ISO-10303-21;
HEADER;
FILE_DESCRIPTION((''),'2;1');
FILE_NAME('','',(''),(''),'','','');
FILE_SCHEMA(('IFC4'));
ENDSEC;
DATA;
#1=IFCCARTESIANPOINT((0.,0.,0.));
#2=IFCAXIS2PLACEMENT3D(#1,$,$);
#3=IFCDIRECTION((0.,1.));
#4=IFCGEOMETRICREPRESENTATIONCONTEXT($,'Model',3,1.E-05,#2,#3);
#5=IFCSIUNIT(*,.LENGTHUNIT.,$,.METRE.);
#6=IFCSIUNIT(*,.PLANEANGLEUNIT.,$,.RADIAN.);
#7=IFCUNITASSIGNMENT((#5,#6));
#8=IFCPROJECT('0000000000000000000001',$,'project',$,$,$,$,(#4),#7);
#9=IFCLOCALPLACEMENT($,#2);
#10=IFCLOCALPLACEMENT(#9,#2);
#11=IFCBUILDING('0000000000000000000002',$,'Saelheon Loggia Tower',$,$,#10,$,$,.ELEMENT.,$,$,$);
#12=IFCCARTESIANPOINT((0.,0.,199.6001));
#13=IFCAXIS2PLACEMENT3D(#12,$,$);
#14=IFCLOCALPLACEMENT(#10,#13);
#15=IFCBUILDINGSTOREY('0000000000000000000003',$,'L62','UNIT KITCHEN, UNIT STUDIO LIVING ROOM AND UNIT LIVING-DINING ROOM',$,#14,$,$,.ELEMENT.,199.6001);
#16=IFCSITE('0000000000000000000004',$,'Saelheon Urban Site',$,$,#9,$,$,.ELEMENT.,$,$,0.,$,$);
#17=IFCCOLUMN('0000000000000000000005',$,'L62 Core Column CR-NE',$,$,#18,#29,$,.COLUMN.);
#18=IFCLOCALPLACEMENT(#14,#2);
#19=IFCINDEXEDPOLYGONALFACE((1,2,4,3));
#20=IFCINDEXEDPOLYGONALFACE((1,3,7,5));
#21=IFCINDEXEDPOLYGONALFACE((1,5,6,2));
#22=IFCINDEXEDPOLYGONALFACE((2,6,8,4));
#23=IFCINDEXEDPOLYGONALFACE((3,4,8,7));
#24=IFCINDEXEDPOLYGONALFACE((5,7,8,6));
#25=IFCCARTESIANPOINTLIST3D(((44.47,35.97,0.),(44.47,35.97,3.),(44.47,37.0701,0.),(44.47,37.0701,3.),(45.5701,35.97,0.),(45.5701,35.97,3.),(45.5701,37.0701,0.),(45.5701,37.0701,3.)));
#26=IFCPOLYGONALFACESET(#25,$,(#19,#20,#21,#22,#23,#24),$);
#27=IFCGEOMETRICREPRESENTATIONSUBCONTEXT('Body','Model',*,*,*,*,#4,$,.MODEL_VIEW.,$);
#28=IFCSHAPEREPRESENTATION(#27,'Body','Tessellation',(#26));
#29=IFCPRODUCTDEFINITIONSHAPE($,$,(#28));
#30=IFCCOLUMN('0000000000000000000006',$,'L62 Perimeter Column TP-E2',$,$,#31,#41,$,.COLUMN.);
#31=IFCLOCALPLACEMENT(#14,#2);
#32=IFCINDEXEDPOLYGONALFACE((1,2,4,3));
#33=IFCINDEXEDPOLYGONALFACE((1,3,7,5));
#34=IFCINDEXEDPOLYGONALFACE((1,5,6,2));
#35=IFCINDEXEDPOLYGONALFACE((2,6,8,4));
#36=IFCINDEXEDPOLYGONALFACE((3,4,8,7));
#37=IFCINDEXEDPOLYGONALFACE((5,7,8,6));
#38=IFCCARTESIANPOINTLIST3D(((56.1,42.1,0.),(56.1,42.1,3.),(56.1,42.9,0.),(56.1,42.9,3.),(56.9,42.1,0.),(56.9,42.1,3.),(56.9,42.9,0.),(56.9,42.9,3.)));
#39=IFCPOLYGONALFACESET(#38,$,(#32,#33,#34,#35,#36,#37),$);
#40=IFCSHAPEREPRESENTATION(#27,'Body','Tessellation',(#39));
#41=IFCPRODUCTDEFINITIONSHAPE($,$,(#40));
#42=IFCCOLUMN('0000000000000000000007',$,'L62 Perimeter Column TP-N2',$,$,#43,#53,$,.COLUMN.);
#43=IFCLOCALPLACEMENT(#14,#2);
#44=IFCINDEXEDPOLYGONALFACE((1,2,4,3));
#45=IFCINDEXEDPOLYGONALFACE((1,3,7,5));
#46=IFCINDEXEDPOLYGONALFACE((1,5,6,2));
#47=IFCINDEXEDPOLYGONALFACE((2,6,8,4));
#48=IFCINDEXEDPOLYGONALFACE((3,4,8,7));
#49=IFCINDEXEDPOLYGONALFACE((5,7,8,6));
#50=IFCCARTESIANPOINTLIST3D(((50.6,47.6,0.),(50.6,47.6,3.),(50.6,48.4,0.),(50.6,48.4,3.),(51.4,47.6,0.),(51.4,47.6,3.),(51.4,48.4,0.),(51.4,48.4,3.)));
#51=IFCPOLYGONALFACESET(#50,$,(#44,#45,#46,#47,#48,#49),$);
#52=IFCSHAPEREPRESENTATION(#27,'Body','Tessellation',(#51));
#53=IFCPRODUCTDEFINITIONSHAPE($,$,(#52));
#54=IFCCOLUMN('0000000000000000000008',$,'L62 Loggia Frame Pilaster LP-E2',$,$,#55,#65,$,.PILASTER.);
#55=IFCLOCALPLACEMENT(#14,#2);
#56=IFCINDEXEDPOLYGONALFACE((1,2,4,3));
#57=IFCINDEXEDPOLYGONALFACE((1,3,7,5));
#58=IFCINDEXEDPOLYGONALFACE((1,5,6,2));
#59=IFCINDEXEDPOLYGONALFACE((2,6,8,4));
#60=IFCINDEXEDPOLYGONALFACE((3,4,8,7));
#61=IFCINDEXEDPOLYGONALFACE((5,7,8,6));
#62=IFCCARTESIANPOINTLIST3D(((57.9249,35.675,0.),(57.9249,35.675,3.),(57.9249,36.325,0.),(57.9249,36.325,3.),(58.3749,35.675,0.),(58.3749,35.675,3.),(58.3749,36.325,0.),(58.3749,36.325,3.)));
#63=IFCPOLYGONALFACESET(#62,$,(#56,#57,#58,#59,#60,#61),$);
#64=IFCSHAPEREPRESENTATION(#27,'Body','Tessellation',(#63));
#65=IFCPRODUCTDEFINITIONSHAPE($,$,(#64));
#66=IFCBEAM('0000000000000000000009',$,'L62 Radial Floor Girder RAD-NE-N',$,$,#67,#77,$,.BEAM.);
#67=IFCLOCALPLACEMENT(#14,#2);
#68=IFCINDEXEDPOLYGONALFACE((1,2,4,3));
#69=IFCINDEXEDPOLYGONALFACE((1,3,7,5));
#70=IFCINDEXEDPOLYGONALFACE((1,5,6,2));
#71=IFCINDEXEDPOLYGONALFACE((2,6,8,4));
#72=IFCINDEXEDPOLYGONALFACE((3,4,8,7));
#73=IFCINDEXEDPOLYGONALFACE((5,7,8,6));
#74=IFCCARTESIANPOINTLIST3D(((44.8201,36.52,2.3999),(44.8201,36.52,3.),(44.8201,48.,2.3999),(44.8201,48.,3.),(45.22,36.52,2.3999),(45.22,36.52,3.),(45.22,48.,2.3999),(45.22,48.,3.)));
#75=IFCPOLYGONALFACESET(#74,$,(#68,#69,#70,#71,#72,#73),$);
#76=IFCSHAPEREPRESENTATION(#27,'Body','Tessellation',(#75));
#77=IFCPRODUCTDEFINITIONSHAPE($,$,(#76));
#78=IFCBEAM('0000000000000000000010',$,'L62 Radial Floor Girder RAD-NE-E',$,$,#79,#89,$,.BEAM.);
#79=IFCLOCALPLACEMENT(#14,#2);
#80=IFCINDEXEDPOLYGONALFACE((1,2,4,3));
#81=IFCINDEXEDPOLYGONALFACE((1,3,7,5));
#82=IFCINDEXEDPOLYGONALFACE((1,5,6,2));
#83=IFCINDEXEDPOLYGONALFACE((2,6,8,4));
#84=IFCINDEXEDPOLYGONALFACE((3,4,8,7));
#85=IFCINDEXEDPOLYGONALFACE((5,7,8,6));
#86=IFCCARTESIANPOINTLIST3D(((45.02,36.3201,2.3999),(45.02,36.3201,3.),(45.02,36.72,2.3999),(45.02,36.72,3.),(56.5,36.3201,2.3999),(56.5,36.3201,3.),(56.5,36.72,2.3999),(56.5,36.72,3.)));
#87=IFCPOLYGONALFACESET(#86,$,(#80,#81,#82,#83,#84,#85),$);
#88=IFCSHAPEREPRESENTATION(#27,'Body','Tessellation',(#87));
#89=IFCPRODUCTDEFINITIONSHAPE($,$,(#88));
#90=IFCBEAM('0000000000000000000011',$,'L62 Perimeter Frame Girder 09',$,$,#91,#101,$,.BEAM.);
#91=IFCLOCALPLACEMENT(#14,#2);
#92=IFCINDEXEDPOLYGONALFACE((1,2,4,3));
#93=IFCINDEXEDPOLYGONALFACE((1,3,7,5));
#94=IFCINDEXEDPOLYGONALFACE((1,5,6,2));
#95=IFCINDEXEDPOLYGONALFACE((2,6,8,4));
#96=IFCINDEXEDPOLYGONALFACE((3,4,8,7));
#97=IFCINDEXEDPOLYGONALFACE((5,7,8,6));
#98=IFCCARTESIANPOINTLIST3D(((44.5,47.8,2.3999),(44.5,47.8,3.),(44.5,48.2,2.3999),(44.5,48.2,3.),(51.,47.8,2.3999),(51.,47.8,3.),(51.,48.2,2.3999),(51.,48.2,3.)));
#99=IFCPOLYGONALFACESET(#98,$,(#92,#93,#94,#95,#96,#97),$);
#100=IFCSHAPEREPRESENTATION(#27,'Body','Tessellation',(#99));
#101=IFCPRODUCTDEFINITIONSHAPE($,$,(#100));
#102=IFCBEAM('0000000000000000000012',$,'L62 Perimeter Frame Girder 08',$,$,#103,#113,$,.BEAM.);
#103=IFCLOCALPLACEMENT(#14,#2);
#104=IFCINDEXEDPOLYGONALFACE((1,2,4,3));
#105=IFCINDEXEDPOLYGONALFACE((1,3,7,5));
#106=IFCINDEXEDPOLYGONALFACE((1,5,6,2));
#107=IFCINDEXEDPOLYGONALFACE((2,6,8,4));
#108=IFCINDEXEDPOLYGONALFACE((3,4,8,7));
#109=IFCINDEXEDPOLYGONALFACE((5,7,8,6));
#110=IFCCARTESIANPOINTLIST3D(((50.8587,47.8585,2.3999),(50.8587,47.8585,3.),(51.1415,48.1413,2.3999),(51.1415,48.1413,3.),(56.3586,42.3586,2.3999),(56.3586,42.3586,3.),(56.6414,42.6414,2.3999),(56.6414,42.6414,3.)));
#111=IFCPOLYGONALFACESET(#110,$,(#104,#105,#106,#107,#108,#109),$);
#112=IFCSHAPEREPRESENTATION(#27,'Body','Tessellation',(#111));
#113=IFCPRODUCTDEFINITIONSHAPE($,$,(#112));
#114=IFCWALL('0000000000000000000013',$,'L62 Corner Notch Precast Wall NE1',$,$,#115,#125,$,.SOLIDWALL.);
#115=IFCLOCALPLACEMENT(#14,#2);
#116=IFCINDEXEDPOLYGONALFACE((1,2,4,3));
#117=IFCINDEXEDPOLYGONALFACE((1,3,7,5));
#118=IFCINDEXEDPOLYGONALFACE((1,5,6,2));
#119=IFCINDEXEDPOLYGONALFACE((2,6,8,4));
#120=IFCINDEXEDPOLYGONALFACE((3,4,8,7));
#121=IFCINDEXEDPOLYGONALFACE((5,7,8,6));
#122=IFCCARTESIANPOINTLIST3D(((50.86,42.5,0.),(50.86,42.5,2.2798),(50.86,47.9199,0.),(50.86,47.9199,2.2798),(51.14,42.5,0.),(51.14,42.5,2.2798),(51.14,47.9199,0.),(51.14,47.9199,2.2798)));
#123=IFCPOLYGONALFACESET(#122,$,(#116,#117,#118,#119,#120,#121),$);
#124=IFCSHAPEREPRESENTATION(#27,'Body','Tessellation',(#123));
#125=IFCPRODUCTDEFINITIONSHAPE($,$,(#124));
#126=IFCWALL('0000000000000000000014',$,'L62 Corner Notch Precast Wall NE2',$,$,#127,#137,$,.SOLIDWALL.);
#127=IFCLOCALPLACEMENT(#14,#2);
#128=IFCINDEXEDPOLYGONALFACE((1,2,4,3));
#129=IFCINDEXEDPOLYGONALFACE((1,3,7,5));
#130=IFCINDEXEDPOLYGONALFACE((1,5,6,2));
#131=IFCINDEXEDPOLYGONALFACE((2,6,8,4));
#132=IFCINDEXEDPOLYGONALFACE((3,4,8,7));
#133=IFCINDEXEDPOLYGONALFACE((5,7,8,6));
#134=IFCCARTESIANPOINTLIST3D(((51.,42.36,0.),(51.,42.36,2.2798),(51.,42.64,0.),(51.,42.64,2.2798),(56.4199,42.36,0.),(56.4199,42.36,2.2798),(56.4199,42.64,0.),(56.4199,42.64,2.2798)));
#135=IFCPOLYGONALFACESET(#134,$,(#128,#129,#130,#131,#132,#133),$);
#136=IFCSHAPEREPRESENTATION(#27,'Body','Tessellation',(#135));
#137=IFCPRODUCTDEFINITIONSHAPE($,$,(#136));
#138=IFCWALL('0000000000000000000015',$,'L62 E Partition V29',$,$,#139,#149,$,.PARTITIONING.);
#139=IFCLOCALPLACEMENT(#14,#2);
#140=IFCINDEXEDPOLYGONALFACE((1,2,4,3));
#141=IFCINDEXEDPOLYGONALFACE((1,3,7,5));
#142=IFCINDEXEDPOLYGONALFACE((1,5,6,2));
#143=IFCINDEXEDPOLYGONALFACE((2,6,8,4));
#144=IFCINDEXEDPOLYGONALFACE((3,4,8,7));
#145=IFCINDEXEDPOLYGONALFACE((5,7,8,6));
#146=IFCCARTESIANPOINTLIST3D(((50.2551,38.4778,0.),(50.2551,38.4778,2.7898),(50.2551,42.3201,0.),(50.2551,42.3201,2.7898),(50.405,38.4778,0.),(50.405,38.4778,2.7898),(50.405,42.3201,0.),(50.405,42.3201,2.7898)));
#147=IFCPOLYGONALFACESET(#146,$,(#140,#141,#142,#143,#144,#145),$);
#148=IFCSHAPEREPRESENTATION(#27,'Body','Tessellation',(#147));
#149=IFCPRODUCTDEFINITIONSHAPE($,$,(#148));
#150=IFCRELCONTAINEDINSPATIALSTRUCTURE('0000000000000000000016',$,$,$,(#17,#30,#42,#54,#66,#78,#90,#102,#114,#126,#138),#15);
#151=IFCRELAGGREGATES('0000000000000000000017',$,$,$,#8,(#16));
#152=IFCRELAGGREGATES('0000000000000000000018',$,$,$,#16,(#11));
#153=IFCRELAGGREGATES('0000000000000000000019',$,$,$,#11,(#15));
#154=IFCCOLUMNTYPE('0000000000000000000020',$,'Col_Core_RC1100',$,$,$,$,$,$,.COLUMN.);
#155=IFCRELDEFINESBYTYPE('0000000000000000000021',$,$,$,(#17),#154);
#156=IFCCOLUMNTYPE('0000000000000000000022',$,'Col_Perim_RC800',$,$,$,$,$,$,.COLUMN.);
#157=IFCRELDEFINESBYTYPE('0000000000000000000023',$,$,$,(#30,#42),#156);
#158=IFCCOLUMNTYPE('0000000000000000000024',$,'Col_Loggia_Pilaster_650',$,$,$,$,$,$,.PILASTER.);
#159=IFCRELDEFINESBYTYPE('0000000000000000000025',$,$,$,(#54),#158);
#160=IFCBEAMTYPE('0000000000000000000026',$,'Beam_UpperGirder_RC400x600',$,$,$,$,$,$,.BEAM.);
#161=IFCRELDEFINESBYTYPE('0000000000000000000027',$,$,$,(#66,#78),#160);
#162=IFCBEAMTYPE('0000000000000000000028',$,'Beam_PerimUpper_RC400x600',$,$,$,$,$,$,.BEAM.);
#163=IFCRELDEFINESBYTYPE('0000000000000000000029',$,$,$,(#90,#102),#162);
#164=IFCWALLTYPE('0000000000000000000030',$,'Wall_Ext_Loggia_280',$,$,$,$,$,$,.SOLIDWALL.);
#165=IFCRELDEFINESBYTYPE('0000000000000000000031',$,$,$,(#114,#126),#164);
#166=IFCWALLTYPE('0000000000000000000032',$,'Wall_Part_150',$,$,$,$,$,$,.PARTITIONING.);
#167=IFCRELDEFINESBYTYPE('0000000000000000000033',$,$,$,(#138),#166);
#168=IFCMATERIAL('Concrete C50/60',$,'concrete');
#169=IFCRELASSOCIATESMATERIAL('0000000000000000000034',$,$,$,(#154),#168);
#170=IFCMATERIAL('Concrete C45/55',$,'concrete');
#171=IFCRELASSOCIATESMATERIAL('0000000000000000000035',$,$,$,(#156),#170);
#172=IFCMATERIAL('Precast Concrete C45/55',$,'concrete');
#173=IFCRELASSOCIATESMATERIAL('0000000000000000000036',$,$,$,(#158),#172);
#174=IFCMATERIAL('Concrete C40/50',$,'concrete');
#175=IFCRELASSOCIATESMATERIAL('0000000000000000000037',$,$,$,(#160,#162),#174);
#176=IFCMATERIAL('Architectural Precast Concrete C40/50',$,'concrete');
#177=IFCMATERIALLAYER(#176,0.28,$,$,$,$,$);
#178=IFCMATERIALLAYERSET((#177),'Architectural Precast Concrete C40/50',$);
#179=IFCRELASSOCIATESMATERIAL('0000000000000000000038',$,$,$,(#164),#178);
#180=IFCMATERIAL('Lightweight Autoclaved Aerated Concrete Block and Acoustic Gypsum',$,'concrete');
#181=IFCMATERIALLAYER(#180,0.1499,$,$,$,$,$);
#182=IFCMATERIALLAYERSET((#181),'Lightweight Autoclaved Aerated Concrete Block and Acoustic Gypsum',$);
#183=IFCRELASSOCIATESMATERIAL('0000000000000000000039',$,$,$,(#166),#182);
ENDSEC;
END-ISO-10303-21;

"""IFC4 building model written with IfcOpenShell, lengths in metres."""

from ifc_helpers import new_model, si_unit, direction, frame, frame_2d, origin, origin_2d, place, context, subcontext, project, spatial, rectangle, extrude, source, transform, mapped, material, layer, layer_set, material_profile, profile_set, type_object, element, save


model = new_model("IFC4")

# Units and contexts
model_context = context("Model", 3, precision=1e-05, world=origin(), true_north=direction((0.0, 1.0)))
body_context = subcontext(model_context, "Body", "Model", "MODEL_VIEW")
ifc_project = project(units=[si_unit("LENGTHUNIT", "METRE"), si_unit("PLANEANGLEUNIT", "RADIAN")], contexts=[model_context])

# Site, building, storey
site_placement = place(None, origin())
site = spatial("IfcSite", under=ifc_project, at=site_placement, Name="Saelheon Urban Site", CompositionType="ELEMENT", RefElevation=0.0)
building_placement = place(site_placement, origin())
building = spatial("IfcBuilding", under=site, at=building_placement, Name="Saelheon Loggia Tower", CompositionType="ELEMENT")
storey_placement = place(building_placement, frame((0.0, 0.0, 199.6001)))
storey = spatial("IfcBuildingStorey", under=building, at=storey_placement, Name="L62", Description="UNIT KITCHEN, UNIT STUDIO LIVING ROOM AND UNIT LIVING-DINING ROOM", CompositionType="ELEMENT", Elevation=199.6001)

# Columns
ifc_material_1 = material(Name="Concrete C50/60", Category="concrete")
ifc_material_profile_1 = material_profile(ifc_material_1, rectangle(XDim=1.1001, YDim=1.1001, at=origin_2d()), Name="RC-1100x1100")
ifc_profile_set_1 = profile_set([ifc_material_profile_1], Name="Concrete C50/60")
column_type_1 = type_object("IfcColumnType", Name="Col_Core_RC1100", PredefinedType="COLUMN", material=ifc_profile_set_1)
shared_shape_1 = source(origin(), body_context, "Body", "SweptSolid", [
    extrude(rectangle(XDim=1.1001, YDim=1.1001, at=origin_2d()), origin(), (0.0, 0.0, 1.0), 3.0),
])
column_1_placement = place(storey_placement, frame((45.02, 36.52, 0.0), z_axis=(0.0, 0.0, 1.0), x_axis=(1.0, 0.0, 0.0)))
element("IfcColumn", 1, at=column_1_placement, inside=storey, type_object=column_type_1, Name="L62 Core Column CR-NE", PredefinedType="COLUMN", context=body_context, shape_type="MappedRepresentation", body=[
    mapped(shared_shape_1, transform((0.0, 0.0, 0.0), scale=1.0)),
])
ifc_material_2 = material(Name="Concrete C45/55", Category="concrete")
ifc_material_profile_2 = material_profile(ifc_material_2, rectangle(XDim=0.8, YDim=0.8, at=origin_2d()), Name="RC-800x800")
ifc_profile_set_2 = profile_set([ifc_material_profile_2], Name="Concrete C45/55")
column_type_2 = type_object("IfcColumnType", Name="Col_Perim_RC800", PredefinedType="COLUMN", material=ifc_profile_set_2)
shared_shape_2 = source(origin(), body_context, "Body", "SweptSolid", [
    extrude(rectangle(XDim=0.8, YDim=0.8, at=origin_2d()), origin(), (0.0, 0.0, 1.0), 3.0),
])
for number, where, z_axis, x_axis, name in (
    (2, (56.5, 42.5, 0.0), (0.0, 0.0, 1.0), (1.0, 0.0, 0.0), "L62 Perimeter Column TP-E2"),
    (3, (51.0, 48.0, 0.0), (0.0, 0.0, 1.0), (1.0, 0.0, 0.0), "L62 Perimeter Column TP-N2"),
):
    element("IfcColumn", number, at=place(storey_placement, frame(where, z_axis=z_axis, x_axis=x_axis)), inside=storey, type_object=column_type_2, Name=name, PredefinedType="COLUMN", context=body_context, shape_type="MappedRepresentation", body=[
        mapped(shared_shape_2, transform((0.0, 0.0, 0.0), scale=1.0)),
    ])
ifc_material_3 = material(Name="Precast Concrete C45/55", Category="concrete")
ifc_material_profile_3 = material_profile(ifc_material_3, rectangle(XDim=0.45, YDim=0.6499, at=origin_2d()), Name="RC-450x650")
ifc_profile_set_3 = profile_set([ifc_material_profile_3], Name="Precast Concrete C45/55")
column_type_3 = type_object("IfcColumnType", Name="Col_Loggia_Pilaster_650", PredefinedType="PILASTER", material=ifc_profile_set_3)
shared_shape_3 = source(origin(), body_context, "Body", "SweptSolid", [
    extrude(rectangle(XDim=0.45, YDim=0.6499, at=origin_2d()), origin(), (0.0, 0.0, 1.0), 3.0),
])
column_2_placement = place(storey_placement, frame((58.1499, 36.0, 0.0), z_axis=(0.0, 0.0, 1.0), x_axis=(1.0, 0.0, 0.0)))
element("IfcColumn", 4, at=column_2_placement, inside=storey, type_object=column_type_3, Name="L62 Loggia Frame Pilaster LP-E2", PredefinedType="PILASTER", context=body_context, shape_type="MappedRepresentation", body=[
    mapped(shared_shape_3, transform((0.0, 0.0, 0.0), scale=1.0)),
])

# Beams
ifc_material_4 = material(Name="Concrete C40/50", Category="concrete")
ifc_material_profile_4 = material_profile(ifc_material_4, rectangle(XDim=0.3999, YDim=0.6001, at=origin_2d()), Name="RC-400x600")
ifc_profile_set_4 = profile_set([ifc_material_profile_4], Name="Concrete C40/50")
beam_type_1 = type_object("IfcBeamType", Name="Beam_UpperGirder_RC400x600", PredefinedType="BEAM", material=ifc_profile_set_4)
shared_shape_4 = source(origin(), body_context, "Body", "SweptSolid", [
    extrude(rectangle(XDim=0.3999, YDim=0.6001, at=origin_2d()), origin(), (0.0, 0.0, 1.0), 11.48),
])
for number, where, z_axis, x_axis, name in (
    (5, (45.02, 36.52, 2.7), (0.0, 1.0, 0.0), (-1.0, 0.0, 0.0), "L62 Radial Floor Girder RAD-NE-N"),
    (6, (45.02, 36.52, 2.7), (1.0, 0.0, 0.0), (0.0, 1.0, 0.0), "L62 Radial Floor Girder RAD-NE-E"),
):
    element("IfcBeam", number, at=place(storey_placement, frame(where, z_axis=z_axis, x_axis=x_axis)), inside=storey, type_object=beam_type_1, Name=name, PredefinedType="BEAM", context=body_context, shape_type="MappedRepresentation", body=[
        mapped(shared_shape_4, transform((0.0, 0.0, 0.0), scale=1.0)),
    ])
ifc_material_profile_5 = material_profile(ifc_material_4, rectangle(XDim=0.3999, YDim=0.6001, at=origin_2d()), Name="RC-400x600")
ifc_profile_set_5 = profile_set([ifc_material_profile_5], Name="Concrete C40/50")
beam_type_2 = type_object("IfcBeamType", Name="Beam_PerimUpper_RC400x600", PredefinedType="BEAM", material=ifc_profile_set_5)
shared_shape_5 = source(origin(), body_context, "Body", "SweptSolid", [
    extrude(rectangle(XDim=0.3999, YDim=0.6001, at=origin_2d()), origin(), (0.0, 0.0, 1.0), 6.5),
])
beam_1_placement = place(storey_placement, frame((51.0, 48.0, 2.7), z_axis=(-1.0, 0.0, 0.0), x_axis=(0.0, -1.0, 0.0)))
element("IfcBeam", 7, at=beam_1_placement, inside=storey, type_object=beam_type_2, Name="L62 Perimeter Frame Girder 09", PredefinedType="BEAM", context=body_context, shape_type="MappedRepresentation", body=[
    mapped(shared_shape_5, transform((0.0, 0.0, 0.0), scale=1.0)),
])
shared_shape_6 = source(origin(), body_context, "Body", "SweptSolid", [
    extrude(rectangle(XDim=0.3999, YDim=0.6001, at=origin_2d()), origin(), (0.0, 0.0, 1.0), 7.7781),
])
beam_2_placement = place(storey_placement, frame((56.5, 42.5, 2.7), z_axis=(-0.707107, 0.707107, 0.0), x_axis=(-0.707107, -0.707107, 0.0)))
element("IfcBeam", 8, at=beam_2_placement, inside=storey, type_object=beam_type_2, Name="L62 Perimeter Frame Girder 08", PredefinedType="BEAM", context=body_context, shape_type="MappedRepresentation", body=[
    mapped(shared_shape_6, transform((0.0, 0.0, 0.0), scale=1.0)),
])

# Walls
ifc_material_5 = material(Name="Architectural Precast Concrete C40/50", Category="concrete")
ifc_layer_1 = layer(ifc_material_5, 0.28)
ifc_layer_set_1 = layer_set([ifc_layer_1], Name="Architectural Precast Concrete C40/50")
wall_type_1 = type_object("IfcWallType", Name="Wall_Ext_Loggia_280", PredefinedType="SOLIDWALL", material=ifc_layer_set_1)
for number, where, z_axis, x_axis, name in (
    (9, (51.0, 42.5, 0.0), (0.0, 0.0, 1.0), (0.0, 1.0, 0.0), "L62 Corner Notch Precast Wall NE1"),
    (10, (51.0, 42.5, 0.0), (0.0, 0.0, 1.0), (1.0, 0.0, 0.0), "L62 Corner Notch Precast Wall NE2"),
):
    element("IfcWall", number, at=place(storey_placement, frame(where, z_axis=z_axis, x_axis=x_axis)), inside=storey, type_object=wall_type_1, Name=name, PredefinedType="SOLIDWALL", context=body_context, shape_type="SweptSolid", body=[
        extrude(rectangle(XDim=5.4199, YDim=0.28, at=frame_2d((2.71, 0.0))), origin(), (0.0, 0.0, 1.0), 2.2798),
    ])
ifc_material_6 = material(Name="Lightweight Autoclaved Aerated Concrete Block and Acoustic Gypsum", Category="concrete")
ifc_layer_2 = layer(ifc_material_6, 0.1499)
ifc_layer_set_2 = layer_set([ifc_layer_2], Name="Lightweight Autoclaved Aerated Concrete Block and Acoustic Gypsum")
wall_type_2 = type_object("IfcWallType", Name="Wall_Part_150", PredefinedType="PARTITIONING", material=ifc_layer_set_2)
wall_1_placement = place(storey_placement, frame((50.3301, 38.4778, 0.0), z_axis=(0.0, 0.0, 1.0), x_axis=(0.0, 1.0, 0.0)))
element("IfcWall", 11, at=wall_1_placement, inside=storey, type_object=wall_type_2, Name="L62 E Partition V29", PredefinedType="PARTITIONING", context=body_context, shape_type="SweptSolid", body=[
    extrude(rectangle(XDim=3.8423, YDim=0.1499, at=frame_2d((1.9211, 0.0))), origin(), (0.0, 0.0, 1.0), 2.7898),
])

save(model, "model.ifc")
